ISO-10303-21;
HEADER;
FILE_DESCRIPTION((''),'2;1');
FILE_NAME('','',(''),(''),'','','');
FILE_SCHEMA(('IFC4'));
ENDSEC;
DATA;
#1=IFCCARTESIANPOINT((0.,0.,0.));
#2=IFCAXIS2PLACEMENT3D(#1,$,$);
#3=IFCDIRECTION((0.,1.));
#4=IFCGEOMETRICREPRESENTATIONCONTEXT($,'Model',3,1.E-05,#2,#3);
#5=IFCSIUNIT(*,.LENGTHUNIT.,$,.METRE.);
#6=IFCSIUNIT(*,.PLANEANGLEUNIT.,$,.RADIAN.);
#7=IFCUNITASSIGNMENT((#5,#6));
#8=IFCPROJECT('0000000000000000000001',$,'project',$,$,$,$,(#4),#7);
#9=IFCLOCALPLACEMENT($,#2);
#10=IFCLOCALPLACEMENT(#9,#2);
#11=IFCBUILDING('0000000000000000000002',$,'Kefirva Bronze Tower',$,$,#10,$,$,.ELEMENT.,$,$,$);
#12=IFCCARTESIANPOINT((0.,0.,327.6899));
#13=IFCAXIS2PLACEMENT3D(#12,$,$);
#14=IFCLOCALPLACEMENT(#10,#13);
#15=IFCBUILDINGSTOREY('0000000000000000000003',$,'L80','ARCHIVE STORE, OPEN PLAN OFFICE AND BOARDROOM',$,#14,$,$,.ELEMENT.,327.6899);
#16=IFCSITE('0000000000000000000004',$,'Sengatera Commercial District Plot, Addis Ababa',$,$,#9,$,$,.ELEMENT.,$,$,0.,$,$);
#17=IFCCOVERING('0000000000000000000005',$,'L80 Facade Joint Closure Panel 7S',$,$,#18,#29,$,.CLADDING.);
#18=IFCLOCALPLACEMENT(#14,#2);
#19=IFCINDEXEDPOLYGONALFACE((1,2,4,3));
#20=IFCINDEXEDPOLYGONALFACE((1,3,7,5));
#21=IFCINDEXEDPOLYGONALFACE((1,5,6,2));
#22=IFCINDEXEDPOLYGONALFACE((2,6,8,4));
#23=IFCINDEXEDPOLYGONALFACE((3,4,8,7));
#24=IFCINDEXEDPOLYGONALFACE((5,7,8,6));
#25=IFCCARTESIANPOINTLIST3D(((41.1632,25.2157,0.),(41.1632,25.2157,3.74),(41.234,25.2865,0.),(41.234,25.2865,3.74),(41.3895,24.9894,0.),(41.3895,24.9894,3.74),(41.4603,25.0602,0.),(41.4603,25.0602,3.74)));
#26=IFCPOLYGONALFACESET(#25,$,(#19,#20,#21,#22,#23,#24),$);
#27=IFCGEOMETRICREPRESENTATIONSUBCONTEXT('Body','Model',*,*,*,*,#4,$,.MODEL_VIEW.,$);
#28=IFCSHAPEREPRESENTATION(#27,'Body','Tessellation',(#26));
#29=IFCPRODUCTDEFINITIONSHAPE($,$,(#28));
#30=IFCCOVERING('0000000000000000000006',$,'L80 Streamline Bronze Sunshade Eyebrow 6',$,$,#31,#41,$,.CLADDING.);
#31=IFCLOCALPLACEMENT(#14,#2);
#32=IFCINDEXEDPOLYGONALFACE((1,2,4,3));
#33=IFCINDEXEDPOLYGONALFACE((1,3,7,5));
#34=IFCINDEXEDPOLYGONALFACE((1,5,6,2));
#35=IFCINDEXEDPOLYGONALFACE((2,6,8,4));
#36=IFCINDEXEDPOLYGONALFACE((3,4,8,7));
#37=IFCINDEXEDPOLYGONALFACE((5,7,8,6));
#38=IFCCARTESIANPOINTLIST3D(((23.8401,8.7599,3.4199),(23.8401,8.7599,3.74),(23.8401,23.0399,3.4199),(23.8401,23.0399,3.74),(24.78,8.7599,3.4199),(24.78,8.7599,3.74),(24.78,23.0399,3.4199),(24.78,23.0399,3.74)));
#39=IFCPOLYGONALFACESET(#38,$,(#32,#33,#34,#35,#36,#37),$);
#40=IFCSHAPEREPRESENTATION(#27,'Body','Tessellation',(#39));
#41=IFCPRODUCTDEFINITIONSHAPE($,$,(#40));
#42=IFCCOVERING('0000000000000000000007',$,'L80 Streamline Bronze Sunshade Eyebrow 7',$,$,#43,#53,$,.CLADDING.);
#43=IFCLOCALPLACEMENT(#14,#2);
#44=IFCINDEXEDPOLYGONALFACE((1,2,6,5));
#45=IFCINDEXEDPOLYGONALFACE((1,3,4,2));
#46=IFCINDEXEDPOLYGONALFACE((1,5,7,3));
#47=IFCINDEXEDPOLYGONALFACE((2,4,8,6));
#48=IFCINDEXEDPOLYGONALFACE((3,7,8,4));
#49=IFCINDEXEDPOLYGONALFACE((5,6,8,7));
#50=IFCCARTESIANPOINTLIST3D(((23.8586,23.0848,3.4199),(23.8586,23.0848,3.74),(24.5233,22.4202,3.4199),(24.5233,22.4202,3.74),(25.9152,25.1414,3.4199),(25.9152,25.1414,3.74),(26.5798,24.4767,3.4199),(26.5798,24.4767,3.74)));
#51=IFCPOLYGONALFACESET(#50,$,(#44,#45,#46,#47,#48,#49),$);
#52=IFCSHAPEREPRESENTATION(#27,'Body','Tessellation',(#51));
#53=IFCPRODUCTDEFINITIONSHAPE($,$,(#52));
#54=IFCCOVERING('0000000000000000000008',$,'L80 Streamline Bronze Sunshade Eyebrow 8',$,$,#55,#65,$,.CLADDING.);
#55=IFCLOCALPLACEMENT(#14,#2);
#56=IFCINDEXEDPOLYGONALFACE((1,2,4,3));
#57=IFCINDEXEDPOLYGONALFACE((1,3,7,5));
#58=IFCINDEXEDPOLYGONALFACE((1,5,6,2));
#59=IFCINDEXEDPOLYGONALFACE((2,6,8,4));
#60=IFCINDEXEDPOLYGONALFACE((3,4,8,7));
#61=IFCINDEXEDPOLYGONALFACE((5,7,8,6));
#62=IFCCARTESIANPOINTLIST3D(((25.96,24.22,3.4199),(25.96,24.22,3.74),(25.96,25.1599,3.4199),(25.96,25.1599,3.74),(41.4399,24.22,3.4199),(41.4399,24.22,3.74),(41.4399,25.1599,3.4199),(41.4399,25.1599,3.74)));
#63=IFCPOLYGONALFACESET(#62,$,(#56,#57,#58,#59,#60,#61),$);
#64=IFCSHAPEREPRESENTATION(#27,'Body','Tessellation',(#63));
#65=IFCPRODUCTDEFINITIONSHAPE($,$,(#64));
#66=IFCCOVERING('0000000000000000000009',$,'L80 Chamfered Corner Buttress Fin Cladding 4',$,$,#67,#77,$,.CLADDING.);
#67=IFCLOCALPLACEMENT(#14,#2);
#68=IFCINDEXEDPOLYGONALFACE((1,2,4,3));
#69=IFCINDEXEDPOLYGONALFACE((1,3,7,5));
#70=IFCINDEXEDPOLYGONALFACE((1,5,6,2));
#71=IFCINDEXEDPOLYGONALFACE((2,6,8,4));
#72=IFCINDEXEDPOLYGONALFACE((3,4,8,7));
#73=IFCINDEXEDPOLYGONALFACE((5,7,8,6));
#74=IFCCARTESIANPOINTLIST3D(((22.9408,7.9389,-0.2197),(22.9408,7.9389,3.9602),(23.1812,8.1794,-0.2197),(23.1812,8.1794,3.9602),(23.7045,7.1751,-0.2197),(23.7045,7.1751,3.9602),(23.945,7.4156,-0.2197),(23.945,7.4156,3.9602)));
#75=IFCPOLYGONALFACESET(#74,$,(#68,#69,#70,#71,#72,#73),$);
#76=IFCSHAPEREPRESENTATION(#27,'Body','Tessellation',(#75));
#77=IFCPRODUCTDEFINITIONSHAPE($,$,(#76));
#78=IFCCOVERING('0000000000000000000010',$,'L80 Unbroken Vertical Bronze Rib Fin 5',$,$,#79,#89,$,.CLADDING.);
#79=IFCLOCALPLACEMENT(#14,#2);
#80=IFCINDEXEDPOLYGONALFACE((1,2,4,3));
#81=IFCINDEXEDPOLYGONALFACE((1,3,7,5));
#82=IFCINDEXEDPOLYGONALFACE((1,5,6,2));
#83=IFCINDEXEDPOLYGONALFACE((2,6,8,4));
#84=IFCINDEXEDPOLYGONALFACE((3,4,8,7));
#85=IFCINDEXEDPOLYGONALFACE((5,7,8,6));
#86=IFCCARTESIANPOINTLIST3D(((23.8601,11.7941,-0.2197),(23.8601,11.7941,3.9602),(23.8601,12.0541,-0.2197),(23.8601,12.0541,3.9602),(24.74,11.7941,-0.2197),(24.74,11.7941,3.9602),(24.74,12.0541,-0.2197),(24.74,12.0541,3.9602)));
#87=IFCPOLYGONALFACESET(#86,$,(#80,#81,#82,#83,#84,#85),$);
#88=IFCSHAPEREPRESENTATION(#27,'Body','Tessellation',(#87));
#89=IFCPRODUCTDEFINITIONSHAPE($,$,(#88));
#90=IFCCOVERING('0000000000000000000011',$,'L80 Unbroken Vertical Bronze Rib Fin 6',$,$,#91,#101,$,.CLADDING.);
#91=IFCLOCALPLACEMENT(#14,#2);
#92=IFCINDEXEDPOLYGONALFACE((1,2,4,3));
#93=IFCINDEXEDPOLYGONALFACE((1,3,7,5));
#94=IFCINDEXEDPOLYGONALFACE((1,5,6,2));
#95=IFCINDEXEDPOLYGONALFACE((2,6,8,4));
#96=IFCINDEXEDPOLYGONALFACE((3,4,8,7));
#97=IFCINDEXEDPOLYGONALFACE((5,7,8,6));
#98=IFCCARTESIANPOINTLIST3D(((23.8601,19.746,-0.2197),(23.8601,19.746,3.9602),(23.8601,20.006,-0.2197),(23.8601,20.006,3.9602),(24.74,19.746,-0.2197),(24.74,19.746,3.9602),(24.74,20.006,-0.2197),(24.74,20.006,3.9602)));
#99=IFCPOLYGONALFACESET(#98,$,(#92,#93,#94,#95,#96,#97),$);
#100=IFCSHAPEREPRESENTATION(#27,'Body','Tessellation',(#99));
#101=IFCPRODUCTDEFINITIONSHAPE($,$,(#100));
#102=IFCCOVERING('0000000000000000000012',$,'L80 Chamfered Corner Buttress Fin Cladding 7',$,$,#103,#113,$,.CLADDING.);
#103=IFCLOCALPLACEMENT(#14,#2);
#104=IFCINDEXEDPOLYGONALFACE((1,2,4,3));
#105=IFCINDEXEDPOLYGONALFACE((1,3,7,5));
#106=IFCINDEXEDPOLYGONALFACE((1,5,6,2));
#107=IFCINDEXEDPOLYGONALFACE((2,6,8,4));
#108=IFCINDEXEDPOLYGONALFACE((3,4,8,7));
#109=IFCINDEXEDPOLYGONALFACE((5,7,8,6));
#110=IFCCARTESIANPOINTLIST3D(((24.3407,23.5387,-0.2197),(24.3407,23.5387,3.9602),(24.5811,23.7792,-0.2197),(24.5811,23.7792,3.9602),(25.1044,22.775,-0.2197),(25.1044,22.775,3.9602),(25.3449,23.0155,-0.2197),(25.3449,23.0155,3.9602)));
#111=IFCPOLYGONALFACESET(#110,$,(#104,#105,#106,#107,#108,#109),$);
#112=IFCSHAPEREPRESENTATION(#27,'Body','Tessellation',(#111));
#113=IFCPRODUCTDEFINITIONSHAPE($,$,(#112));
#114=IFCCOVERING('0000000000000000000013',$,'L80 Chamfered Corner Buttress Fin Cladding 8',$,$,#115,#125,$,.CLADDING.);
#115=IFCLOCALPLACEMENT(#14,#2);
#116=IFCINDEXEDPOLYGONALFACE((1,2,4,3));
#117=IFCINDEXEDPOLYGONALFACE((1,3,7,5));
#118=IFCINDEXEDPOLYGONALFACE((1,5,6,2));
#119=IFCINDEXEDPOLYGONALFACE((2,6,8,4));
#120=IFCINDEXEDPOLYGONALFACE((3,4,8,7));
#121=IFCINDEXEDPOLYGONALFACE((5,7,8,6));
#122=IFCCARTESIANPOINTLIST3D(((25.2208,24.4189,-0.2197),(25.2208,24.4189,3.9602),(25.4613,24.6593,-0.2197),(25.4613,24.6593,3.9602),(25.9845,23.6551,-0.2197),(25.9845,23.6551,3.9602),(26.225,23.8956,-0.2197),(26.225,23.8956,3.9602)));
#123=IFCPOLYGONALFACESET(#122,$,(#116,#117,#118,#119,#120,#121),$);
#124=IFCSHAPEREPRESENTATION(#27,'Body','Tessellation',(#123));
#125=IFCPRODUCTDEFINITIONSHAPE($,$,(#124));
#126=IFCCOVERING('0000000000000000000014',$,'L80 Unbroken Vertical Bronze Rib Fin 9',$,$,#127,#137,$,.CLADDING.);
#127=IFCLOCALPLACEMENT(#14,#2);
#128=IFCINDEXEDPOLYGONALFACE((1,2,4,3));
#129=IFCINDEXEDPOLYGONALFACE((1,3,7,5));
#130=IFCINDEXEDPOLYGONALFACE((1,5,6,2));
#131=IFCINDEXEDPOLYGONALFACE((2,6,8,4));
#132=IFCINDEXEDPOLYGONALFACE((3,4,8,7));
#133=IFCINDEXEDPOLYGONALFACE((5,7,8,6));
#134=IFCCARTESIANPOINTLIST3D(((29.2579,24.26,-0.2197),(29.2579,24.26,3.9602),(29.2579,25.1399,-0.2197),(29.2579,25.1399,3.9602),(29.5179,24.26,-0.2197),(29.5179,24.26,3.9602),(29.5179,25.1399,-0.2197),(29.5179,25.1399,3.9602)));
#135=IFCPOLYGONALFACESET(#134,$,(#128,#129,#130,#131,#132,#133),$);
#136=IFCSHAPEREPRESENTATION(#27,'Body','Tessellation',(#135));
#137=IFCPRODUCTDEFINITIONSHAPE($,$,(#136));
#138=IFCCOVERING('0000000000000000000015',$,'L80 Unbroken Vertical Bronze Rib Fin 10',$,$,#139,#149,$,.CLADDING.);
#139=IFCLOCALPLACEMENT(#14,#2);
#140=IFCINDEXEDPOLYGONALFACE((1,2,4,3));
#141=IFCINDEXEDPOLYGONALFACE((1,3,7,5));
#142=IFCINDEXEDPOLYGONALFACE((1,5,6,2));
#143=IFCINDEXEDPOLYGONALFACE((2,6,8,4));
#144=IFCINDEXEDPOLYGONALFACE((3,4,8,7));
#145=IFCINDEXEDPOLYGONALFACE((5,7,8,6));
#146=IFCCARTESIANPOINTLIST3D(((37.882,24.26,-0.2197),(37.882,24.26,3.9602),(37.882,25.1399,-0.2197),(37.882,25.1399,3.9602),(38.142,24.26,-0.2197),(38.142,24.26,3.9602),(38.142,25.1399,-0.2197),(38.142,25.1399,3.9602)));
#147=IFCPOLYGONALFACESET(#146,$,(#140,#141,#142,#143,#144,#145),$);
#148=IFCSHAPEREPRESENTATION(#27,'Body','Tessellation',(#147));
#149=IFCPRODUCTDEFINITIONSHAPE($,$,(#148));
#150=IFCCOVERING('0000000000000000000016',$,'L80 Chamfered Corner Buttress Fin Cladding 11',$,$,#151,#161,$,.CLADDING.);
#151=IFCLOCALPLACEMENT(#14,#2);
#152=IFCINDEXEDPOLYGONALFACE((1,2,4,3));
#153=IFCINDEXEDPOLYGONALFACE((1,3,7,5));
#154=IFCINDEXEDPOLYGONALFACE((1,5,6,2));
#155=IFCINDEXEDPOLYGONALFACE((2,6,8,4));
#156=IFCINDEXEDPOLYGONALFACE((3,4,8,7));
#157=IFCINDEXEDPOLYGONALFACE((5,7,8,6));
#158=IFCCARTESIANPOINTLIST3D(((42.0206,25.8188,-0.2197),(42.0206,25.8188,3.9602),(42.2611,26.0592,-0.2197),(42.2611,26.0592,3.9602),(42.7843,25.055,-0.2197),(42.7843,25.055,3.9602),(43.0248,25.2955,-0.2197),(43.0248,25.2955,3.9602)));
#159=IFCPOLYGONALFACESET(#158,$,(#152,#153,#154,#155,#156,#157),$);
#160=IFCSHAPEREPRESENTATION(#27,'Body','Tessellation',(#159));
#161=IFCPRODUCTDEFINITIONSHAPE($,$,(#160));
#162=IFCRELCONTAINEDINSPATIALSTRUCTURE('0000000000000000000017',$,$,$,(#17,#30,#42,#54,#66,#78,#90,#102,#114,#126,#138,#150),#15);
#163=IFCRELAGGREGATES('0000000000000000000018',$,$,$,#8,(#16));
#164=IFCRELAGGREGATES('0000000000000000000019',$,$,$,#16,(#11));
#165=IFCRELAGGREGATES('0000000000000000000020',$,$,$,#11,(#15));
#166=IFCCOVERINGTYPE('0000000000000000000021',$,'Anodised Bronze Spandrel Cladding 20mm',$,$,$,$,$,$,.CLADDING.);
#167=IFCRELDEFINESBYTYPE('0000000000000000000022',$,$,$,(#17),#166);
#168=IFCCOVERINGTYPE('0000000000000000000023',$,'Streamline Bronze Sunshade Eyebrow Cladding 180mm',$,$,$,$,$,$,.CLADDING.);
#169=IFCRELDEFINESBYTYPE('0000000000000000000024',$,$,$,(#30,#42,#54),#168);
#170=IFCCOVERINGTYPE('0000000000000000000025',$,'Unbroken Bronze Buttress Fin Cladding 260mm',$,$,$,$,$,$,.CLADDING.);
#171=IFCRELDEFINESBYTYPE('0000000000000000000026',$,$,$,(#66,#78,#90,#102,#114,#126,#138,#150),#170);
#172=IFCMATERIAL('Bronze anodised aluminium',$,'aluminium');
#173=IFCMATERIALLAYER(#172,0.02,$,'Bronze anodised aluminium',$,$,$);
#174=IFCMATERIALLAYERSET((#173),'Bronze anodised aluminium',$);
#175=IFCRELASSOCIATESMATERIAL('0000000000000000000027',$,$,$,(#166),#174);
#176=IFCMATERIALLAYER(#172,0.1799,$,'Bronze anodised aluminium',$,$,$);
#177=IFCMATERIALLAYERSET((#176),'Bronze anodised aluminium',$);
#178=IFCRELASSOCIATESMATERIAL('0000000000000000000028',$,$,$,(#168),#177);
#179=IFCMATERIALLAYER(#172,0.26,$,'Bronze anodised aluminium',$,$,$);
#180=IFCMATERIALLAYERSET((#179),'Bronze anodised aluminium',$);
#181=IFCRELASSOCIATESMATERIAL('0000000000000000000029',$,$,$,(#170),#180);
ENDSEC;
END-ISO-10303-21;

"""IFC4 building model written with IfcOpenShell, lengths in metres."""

from ifc_helpers import new_model, si_unit, direction, frame, origin, origin_2d, place, context, subcontext, project, spatial, rectangle, extrude, material, layer, layer_set, type_object, element, save


model = new_model("IFC4")

# Units and contexts
model_context = context("Model", 3, precision=1e-05, world=origin(), true_north=direction((0.0, 1.0)))
body_context = subcontext(model_context, "Body", "Model", "MODEL_VIEW")
ifc_project = project(units=[si_unit("LENGTHUNIT", "METRE"), si_unit("PLANEANGLEUNIT", "RADIAN")], contexts=[model_context])

# Site, building, storey
site_placement = place(None, origin())
site = spatial("IfcSite", under=ifc_project, at=site_placement, Name="Sengatera Commercial District Plot, Addis Ababa", CompositionType="ELEMENT", RefElevation=0.0)
building_placement = place(site_placement, origin())
building = spatial("IfcBuilding", under=site, at=building_placement, Name="Kefirva Bronze Tower", CompositionType="ELEMENT")
storey_placement = place(building_placement, frame((0.0, 0.0, 327.6899)))
storey = spatial("IfcBuildingStorey", under=building, at=storey_placement, Name="L80", Description="ARCHIVE STORE, OPEN PLAN OFFICE AND BOARDROOM", CompositionType="ELEMENT", Elevation=327.6899)

# Shared definitions
ifc_material_1 = material(Name="Bronze anodised aluminium", Category="aluminium")

# Coverings
ifc_layer_1 = layer(ifc_material_1, 0.02, Name="Bronze anodised aluminium")
ifc_layer_set_1 = layer_set([ifc_layer_1], Name="Bronze anodised aluminium")
covering_type_1 = type_object("IfcCoveringType", Name="Anodised Bronze Spandrel Cladding 20mm", PredefinedType="CLADDING", material=ifc_layer_set_1)
covering_1_placement = place(storey_placement, frame((41.3118, 25.1379, 0.0), z_axis=(0.0, 0.0, 1.0), x_axis=(0.707107, 0.707107, 0.0)))
element("IfcCovering", 1, at=covering_1_placement, inside=storey, type_object=covering_type_1, Name="L80 Facade Joint Closure Panel 7S", PredefinedType="CLADDING", context=body_context, shape_type="SweptSolid", body=[
    extrude(rectangle(XDim=0.1001, YDim=0.3201, at=origin_2d()), origin(), (0.0, 0.0, 1.0), 3.74),
])
ifc_layer_2 = layer(ifc_material_1, 0.1799, Name="Bronze anodised aluminium")
ifc_layer_set_2 = layer_set([ifc_layer_2], Name="Bronze anodised aluminium")
covering_type_2 = type_object("IfcCoveringType", Name="Streamline Bronze Sunshade Eyebrow Cladding 180mm", PredefinedType="CLADDING", material=ifc_layer_set_2)
covering_2_placement = place(storey_placement, frame((24.3101, 15.8999, 3.4199), z_axis=(0.0, 0.0, 1.0), x_axis=(0.0, 1.0, 0.0)))
element("IfcCovering", 2, at=covering_2_placement, inside=storey, type_object=covering_type_2, Name="L80 Streamline Bronze Sunshade Eyebrow 6", PredefinedType="CLADDING", context=body_context, shape_type="SweptSolid", body=[
    extrude(rectangle(XDim=14.28, YDim=0.9399, at=origin_2d()), origin(), (0.0, 0.0, 1.0), 0.3201),
])
covering_3_placement = place(storey_placement, frame((25.2192, 23.7808, 3.4199), z_axis=(0.0, 0.0, 1.0), x_axis=(0.707107, 0.707107, 0.0)))
element("IfcCovering", 3, at=covering_3_placement, inside=storey, type_object=covering_type_2, Name="L80 Streamline Bronze Sunshade Eyebrow 7", PredefinedType="CLADDING", context=body_context, shape_type="SweptSolid", body=[
    extrude(rectangle(XDim=2.9084, YDim=0.9399, at=origin_2d()), origin(), (0.0, 0.0, 1.0), 0.3201),
])
covering_4_placement = place(storey_placement, frame((33.7, 24.6899, 3.4199), z_axis=(0.0, 0.0, 1.0), x_axis=(1.0, 0.0, 0.0)))
element("IfcCovering", 4, at=covering_4_placement, inside=storey, type_object=covering_type_2, Name="L80 Streamline Bronze Sunshade Eyebrow 8", PredefinedType="CLADDING", context=body_context, shape_type="SweptSolid", body=[
    extrude(rectangle(XDim=15.48, YDim=0.9399, at=origin_2d()), origin(), (0.0, 0.0, 1.0), 0.3201),
])
ifc_layer_3 = layer(ifc_material_1, 0.26, Name="Bronze anodised aluminium")
ifc_layer_set_3 = layer_set([ifc_layer_3], Name="Bronze anodised aluminium")
covering_type_3 = type_object("IfcCoveringType", Name="Unbroken Bronze Buttress Fin Cladding 260mm", PredefinedType="CLADDING", material=ifc_layer_set_3)
covering_5_placement = place(storey_placement, frame((23.4429, 7.6772, -0.2197), z_axis=(0.0, 0.0, 1.0), x_axis=(0.707107, 0.707107, 0.0)))
element("IfcCovering", 5, at=covering_5_placement, inside=storey, type_object=covering_type_3, Name="L80 Chamfered Corner Buttress Fin Cladding 4", PredefinedType="CLADDING", context=body_context, shape_type="SweptSolid", body=[
    extrude(rectangle(XDim=0.3401, YDim=1.0801, at=origin_2d()), origin(), (0.0, 0.0, 1.0), 4.1799),
])
for number, where, z_axis, x_axis, name in (
    (6, (24.3, 11.9241, -0.2197), (0.0, 0.0, 1.0), (0.0, 1.0, 0.0), "L80 Unbroken Vertical Bronze Rib Fin 5"),
    (7, (24.3, 19.876, -0.2197), (0.0, 0.0, 1.0), (0.0, 1.0, 0.0), "L80 Unbroken Vertical Bronze Rib Fin 6"),
):
    element("IfcCovering", number, at=place(storey_placement, frame(where, z_axis=z_axis, x_axis=x_axis)), inside=storey, type_object=covering_type_3, Name=name, PredefinedType="CLADDING", context=body_context, shape_type="SweptSolid", body=[
        extrude(rectangle(XDim=0.26, YDim=0.8799, at=origin_2d()), origin(), (0.0, 0.0, 1.0), 4.1799),
    ])
for number, where, z_axis, x_axis, name in (
    (8, (24.8428, 23.2771, -0.2197), (0.0, 0.0, 1.0), (0.707107, 0.707107, 0.0), "L80 Chamfered Corner Buttress Fin Cladding 7"),
    (9, (25.7229, 24.1572, -0.2197), (0.0, 0.0, 1.0), (0.707107, 0.707107, 0.0), "L80 Chamfered Corner Buttress Fin Cladding 8"),
):
    element("IfcCovering", number, at=place(storey_placement, frame(where, z_axis=z_axis, x_axis=x_axis)), inside=storey, type_object=covering_type_3, Name=name, PredefinedType="CLADDING", context=body_context, shape_type="SweptSolid", body=[
        extrude(rectangle(XDim=0.3401, YDim=1.0801, at=origin_2d()), origin(), (0.0, 0.0, 1.0), 4.1799),
    ])
for number, where, z_axis, x_axis, name in (
    (10, (29.3879, 24.7, -0.2197), (0.0, 0.0, 1.0), (1.0, 0.0, 0.0), "L80 Unbroken Vertical Bronze Rib Fin 9"),
    (11, (38.012, 24.7, -0.2197), (0.0, 0.0, 1.0), (1.0, 0.0, 0.0), "L80 Unbroken Vertical Bronze Rib Fin 10"),
):
    element("IfcCovering", number, at=place(storey_placement, frame(where, z_axis=z_axis, x_axis=x_axis)), inside=storey, type_object=covering_type_3, Name=name, PredefinedType="CLADDING", context=body_context, shape_type="SweptSolid", body=[
        extrude(rectangle(XDim=0.26, YDim=0.8799, at=origin_2d()), origin(), (0.0, 0.0, 1.0), 4.1799),
    ])
covering_6_placement = place(storey_placement, frame((42.5227, 25.5571, -0.2197), z_axis=(0.0, 0.0, 1.0), x_axis=(0.707107, 0.707107, 0.0)))
element("IfcCovering", 12, at=covering_6_placement, inside=storey, type_object=covering_type_3, Name="L80 Chamfered Corner Buttress Fin Cladding 11", PredefinedType="CLADDING", context=body_context, shape_type="SweptSolid", body=[
    extrude(rectangle(XDim=0.3401, YDim=1.0801, at=origin_2d()), origin(), (0.0, 0.0, 1.0), 4.1799),
])

save(model, "model.ifc")
